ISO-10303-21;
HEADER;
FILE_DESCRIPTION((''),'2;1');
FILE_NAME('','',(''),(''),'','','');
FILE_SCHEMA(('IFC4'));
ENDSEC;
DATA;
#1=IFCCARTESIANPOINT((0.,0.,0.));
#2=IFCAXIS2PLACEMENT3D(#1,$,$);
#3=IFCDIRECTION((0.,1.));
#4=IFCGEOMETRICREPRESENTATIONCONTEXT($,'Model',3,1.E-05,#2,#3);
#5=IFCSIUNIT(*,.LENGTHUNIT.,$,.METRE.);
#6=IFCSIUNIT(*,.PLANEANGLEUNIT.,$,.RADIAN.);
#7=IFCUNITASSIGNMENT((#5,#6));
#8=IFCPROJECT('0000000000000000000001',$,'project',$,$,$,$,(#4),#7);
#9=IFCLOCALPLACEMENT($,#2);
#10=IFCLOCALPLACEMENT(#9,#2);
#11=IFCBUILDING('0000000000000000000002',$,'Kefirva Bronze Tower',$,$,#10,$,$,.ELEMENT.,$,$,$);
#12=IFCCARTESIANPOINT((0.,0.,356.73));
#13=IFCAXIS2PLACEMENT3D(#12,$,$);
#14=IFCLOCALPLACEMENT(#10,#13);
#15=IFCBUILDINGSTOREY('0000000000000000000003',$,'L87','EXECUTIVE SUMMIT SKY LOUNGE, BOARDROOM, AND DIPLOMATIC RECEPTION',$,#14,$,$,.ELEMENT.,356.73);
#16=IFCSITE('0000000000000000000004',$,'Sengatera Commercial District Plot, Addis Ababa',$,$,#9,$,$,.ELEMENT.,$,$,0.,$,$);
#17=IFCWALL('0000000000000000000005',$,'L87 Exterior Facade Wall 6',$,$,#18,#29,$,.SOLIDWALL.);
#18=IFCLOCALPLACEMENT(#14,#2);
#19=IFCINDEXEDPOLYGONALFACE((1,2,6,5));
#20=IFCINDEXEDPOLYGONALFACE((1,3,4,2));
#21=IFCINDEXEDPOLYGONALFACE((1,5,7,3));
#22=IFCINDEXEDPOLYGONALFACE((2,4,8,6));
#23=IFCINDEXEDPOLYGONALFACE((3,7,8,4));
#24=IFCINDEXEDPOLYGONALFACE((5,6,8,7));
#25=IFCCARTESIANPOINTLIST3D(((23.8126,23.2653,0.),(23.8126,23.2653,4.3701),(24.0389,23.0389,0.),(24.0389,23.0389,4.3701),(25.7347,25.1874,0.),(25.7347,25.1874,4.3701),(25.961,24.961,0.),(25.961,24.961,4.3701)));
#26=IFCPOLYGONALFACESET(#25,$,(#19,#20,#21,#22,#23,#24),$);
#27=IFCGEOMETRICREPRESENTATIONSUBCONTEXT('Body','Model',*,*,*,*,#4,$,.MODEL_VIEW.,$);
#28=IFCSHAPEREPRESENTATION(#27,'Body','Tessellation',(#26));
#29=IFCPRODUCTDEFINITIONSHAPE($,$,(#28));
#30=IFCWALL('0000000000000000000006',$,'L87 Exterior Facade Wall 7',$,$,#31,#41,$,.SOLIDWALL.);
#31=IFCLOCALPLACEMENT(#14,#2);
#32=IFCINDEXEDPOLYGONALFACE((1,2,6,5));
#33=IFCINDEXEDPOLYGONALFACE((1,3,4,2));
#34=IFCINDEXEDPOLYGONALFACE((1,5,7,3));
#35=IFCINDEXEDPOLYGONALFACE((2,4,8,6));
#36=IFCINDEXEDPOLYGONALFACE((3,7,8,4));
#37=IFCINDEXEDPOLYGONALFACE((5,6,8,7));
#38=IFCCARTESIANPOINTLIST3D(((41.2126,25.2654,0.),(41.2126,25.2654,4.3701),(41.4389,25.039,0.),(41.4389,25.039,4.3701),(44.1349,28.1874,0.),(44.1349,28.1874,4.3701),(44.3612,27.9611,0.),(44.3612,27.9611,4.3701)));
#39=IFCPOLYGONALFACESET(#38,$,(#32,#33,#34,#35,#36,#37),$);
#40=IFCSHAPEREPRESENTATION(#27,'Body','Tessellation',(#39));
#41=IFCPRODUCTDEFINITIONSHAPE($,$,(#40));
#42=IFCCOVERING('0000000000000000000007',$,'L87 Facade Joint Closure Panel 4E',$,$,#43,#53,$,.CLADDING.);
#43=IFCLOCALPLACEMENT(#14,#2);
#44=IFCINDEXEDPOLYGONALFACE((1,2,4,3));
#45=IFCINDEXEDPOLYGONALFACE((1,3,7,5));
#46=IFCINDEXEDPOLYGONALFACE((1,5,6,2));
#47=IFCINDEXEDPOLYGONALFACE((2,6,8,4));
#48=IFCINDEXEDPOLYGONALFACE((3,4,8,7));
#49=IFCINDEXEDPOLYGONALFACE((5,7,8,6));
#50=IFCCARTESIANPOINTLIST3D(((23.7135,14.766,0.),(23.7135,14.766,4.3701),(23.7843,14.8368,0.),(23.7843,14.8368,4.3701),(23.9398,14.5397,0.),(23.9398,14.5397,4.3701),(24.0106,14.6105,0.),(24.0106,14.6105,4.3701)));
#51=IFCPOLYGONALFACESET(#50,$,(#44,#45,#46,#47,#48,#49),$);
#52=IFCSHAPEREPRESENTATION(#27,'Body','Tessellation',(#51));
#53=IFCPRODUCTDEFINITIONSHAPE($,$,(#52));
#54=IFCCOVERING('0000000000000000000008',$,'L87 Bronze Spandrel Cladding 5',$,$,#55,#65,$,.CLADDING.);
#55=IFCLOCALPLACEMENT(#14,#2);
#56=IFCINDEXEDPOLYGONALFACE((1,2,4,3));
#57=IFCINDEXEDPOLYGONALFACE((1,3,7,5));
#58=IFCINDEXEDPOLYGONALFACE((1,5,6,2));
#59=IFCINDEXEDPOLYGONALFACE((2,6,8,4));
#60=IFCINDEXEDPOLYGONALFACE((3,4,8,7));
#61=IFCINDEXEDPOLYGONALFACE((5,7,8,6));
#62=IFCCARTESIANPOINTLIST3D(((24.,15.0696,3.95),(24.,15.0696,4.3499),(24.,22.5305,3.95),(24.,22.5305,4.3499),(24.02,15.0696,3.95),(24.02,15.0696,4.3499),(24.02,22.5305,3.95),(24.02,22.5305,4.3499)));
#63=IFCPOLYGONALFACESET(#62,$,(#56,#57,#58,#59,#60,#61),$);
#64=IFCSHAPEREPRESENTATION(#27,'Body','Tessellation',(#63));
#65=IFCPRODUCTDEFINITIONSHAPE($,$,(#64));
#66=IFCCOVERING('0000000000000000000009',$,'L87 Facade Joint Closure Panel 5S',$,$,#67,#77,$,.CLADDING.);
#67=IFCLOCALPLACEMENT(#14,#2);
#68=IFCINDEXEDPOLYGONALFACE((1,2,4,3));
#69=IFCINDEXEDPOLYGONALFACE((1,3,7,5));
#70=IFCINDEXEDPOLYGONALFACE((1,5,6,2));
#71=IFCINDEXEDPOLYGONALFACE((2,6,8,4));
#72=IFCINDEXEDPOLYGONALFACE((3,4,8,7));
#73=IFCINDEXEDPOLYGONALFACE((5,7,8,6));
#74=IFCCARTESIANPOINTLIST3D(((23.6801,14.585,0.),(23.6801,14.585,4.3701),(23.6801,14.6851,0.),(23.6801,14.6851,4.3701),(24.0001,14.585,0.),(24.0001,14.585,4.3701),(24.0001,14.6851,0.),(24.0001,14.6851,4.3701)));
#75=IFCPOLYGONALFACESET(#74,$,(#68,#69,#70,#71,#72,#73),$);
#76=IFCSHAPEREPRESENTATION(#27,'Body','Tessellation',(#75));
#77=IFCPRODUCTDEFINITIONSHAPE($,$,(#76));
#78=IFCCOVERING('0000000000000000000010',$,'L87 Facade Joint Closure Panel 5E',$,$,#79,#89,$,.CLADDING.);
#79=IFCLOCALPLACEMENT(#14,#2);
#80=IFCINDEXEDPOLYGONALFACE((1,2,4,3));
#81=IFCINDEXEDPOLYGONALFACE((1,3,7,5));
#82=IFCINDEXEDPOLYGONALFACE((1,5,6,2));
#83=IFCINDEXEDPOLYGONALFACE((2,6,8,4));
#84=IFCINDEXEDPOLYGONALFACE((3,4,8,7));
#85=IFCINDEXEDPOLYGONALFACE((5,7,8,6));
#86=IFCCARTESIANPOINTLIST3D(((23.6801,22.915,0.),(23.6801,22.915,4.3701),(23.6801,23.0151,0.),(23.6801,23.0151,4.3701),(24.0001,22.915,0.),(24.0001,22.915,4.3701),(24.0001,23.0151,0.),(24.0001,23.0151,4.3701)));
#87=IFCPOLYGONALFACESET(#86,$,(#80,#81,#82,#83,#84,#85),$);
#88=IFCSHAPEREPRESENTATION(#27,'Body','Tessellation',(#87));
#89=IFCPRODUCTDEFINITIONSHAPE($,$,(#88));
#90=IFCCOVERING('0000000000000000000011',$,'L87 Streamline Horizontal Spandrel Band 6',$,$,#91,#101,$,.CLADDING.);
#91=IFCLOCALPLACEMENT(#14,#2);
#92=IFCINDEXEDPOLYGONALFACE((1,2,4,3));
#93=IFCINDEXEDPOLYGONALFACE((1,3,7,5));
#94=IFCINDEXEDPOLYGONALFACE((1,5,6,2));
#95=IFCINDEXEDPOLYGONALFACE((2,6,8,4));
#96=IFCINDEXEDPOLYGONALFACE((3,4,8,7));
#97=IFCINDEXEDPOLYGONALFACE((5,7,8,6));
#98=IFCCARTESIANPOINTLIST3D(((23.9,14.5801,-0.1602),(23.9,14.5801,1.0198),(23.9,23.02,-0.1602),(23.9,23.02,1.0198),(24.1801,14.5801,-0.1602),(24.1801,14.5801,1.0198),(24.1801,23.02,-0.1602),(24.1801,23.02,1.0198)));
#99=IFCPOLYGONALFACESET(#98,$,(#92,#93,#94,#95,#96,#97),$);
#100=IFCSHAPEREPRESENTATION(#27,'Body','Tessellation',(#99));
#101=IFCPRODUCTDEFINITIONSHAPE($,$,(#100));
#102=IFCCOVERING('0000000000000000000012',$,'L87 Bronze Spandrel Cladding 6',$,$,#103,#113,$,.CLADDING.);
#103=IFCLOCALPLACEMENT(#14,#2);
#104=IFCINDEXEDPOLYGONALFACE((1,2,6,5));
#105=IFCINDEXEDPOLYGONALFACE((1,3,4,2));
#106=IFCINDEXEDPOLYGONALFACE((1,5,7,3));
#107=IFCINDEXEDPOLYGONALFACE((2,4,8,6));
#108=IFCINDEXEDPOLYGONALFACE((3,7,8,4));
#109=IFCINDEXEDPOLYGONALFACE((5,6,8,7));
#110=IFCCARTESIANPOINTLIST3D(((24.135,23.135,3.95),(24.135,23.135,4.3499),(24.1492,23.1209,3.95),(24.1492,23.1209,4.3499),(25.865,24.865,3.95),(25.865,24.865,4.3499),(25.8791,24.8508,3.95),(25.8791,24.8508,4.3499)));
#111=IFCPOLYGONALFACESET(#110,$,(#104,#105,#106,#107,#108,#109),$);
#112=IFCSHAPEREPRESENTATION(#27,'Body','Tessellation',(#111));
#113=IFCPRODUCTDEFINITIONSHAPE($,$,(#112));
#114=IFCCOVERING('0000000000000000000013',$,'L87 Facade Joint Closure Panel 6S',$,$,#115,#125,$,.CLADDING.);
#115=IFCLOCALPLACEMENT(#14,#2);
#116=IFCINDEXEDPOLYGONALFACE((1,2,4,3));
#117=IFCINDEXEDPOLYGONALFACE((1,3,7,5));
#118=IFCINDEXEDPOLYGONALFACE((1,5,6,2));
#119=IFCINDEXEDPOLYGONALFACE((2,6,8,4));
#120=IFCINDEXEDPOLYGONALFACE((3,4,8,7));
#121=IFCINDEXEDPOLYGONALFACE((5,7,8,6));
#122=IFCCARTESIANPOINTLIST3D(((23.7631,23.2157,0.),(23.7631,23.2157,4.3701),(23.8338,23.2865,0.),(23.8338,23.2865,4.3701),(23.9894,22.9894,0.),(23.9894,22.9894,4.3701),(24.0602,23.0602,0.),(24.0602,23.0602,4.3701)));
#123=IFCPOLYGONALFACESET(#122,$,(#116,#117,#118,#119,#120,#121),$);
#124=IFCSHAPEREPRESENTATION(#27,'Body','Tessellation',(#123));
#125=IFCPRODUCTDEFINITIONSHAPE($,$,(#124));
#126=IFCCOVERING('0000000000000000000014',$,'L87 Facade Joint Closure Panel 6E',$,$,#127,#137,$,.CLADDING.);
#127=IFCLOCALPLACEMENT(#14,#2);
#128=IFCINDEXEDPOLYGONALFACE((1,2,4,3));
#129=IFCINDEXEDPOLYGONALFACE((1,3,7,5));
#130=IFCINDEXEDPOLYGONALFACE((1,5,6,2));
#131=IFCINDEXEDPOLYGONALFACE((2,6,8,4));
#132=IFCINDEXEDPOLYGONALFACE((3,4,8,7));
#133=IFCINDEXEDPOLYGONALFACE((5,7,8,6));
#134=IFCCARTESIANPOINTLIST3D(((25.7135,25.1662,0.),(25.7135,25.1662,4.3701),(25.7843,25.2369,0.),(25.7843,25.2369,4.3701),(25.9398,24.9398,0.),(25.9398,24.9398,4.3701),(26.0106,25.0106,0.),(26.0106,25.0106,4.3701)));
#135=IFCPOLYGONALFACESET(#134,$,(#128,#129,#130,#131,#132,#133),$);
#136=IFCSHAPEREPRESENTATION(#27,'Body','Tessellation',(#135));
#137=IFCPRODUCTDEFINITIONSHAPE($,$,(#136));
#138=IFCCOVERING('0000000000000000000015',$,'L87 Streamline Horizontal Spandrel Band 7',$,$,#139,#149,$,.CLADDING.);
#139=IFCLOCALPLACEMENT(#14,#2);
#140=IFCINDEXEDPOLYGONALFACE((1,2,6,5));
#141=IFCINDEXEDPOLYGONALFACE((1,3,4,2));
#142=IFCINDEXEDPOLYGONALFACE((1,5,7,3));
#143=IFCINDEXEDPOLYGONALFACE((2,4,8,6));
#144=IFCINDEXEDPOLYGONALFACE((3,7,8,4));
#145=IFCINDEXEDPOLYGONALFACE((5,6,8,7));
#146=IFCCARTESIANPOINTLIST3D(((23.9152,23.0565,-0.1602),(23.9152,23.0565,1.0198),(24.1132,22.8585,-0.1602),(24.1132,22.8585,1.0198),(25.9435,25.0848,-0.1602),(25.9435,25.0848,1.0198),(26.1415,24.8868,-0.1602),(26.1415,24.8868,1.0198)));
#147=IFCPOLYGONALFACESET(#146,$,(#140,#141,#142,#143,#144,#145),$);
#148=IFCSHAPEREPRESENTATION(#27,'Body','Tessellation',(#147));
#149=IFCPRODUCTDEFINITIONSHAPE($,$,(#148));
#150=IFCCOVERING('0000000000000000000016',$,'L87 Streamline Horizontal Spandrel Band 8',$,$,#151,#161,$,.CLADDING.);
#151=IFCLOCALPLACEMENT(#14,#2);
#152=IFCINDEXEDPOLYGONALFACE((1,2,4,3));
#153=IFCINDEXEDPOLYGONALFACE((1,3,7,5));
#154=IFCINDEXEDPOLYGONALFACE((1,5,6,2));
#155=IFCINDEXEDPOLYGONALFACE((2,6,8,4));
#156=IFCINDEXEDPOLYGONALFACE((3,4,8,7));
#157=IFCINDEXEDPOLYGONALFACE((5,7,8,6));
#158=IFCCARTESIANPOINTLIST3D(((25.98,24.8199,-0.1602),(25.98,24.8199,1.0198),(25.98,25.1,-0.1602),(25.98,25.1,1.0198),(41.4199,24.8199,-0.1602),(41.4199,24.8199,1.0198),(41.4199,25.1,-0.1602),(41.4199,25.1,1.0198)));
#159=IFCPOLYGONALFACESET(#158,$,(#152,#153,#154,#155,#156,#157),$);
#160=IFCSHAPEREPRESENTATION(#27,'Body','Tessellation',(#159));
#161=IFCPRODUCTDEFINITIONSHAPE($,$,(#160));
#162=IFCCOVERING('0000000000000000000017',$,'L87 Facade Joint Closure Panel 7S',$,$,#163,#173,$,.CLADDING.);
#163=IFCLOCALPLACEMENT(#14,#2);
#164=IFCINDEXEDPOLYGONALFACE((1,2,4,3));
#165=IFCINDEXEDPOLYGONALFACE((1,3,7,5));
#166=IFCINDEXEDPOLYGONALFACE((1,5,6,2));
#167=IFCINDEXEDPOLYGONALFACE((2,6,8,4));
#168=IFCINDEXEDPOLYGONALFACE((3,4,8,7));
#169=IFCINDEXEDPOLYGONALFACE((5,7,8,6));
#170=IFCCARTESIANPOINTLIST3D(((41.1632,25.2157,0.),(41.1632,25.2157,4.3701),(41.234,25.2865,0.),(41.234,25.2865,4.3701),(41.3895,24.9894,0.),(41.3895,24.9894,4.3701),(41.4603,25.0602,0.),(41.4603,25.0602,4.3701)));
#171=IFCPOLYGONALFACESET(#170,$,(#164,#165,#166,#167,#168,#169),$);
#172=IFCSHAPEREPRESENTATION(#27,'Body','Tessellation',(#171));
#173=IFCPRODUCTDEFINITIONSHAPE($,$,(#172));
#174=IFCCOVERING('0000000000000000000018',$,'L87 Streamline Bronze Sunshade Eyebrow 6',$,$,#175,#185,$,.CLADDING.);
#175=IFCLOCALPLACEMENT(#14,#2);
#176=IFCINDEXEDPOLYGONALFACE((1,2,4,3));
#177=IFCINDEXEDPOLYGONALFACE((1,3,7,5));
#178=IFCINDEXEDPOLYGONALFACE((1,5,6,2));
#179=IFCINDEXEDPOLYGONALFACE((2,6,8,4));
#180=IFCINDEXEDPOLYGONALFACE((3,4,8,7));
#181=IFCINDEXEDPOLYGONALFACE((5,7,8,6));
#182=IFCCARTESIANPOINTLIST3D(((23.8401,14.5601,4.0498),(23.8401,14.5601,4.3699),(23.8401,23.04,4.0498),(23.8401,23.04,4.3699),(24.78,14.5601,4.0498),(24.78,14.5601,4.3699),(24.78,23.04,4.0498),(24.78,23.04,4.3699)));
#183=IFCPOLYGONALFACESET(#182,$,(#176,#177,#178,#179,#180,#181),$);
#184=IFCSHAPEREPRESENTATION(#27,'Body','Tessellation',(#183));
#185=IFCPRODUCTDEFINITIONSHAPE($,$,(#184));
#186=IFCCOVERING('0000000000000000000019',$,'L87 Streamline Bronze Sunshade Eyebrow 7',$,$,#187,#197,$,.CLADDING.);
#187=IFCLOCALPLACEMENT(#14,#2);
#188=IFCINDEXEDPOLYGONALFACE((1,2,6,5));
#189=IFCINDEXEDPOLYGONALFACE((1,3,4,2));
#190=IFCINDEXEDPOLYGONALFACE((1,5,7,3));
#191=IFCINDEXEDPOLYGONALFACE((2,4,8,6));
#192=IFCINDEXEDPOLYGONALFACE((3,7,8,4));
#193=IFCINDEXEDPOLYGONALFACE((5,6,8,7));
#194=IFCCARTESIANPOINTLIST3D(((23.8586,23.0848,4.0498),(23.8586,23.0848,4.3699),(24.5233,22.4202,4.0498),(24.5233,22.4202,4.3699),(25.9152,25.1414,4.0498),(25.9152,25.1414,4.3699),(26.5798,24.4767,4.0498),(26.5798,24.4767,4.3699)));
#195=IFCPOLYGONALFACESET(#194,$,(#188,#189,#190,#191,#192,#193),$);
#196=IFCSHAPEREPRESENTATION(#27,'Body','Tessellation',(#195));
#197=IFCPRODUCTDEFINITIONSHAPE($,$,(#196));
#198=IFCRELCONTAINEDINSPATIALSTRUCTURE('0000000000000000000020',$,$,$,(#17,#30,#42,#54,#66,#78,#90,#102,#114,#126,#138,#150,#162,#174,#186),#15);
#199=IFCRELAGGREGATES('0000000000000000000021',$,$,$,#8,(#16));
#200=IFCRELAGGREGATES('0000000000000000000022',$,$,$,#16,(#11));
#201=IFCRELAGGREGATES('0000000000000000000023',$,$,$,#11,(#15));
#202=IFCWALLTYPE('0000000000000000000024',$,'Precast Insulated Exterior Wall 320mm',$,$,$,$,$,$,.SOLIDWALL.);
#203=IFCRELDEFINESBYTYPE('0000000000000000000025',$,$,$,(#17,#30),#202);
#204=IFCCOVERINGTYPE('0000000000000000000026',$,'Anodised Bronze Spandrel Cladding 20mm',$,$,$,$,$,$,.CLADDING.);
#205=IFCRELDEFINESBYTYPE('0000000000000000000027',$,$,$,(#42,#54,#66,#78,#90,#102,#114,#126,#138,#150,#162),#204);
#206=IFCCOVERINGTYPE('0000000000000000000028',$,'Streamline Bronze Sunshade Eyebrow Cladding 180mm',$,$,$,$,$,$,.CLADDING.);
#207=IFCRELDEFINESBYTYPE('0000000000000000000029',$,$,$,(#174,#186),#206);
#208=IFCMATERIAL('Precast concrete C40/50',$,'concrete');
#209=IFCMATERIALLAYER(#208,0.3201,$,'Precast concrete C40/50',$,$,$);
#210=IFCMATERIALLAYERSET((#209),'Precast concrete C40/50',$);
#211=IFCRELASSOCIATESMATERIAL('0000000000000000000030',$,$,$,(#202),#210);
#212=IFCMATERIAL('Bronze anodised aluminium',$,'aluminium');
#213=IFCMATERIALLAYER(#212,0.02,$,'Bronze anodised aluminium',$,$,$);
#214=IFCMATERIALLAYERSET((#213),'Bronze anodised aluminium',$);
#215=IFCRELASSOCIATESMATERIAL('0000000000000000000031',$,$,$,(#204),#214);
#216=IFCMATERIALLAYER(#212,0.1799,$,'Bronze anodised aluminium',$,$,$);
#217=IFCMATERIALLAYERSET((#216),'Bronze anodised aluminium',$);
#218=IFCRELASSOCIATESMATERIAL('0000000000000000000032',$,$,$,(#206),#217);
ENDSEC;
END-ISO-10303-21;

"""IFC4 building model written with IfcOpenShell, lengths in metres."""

from ifc_helpers import new_model, si_unit, direction, frame, frame_2d, origin, origin_2d, place, context, subcontext, project, spatial, rectangle, extrude, material, layer, layer_set, type_object, element, save


model = new_model("IFC4")

# Units and contexts
model_context = context("Model", 3, precision=1e-05, world=origin(), true_north=direction((0.0, 1.0)))
body_context = subcontext(model_context, "Body", "Model", "MODEL_VIEW")
ifc_project = project(units=[si_unit("LENGTHUNIT", "METRE"), si_unit("PLANEANGLEUNIT", "RADIAN")], contexts=[model_context])

# Site, building, storey
site_placement = place(None, origin())
site = spatial("IfcSite", under=ifc_project, at=site_placement, Name="Sengatera Commercial District Plot, Addis Ababa", CompositionType="ELEMENT", RefElevation=0.0)
building_placement = place(site_placement, origin())
building = spatial("IfcBuilding", under=site, at=building_placement, Name="Kefirva Bronze Tower", CompositionType="ELEMENT")
storey_placement = place(building_placement, frame((0.0, 0.0, 356.73)))
storey = spatial("IfcBuildingStorey", under=building, at=storey_placement, Name="L87", Description="EXECUTIVE SUMMIT SKY LOUNGE, BOARDROOM, AND DIPLOMATIC RECEPTION", CompositionType="ELEMENT", Elevation=356.73)

# Shared definitions
ifc_material_1 = material(Name="Bronze anodised aluminium", Category="aluminium")

# Walls
ifc_material_2 = material(Name="Precast concrete C40/50", Category="concrete")
ifc_layer_1 = layer(ifc_material_2, 0.3201, Name="Precast concrete C40/50")
ifc_layer_set_1 = layer_set([ifc_layer_1], Name="Precast concrete C40/50")
wall_type_1 = type_object("IfcWallType", Name="Precast Insulated Exterior Wall 320mm", PredefinedType="SOLIDWALL", material=ifc_layer_set_1)
wall_1_placement = place(storey_placement, frame((23.9258, 23.1521, 0.0), z_axis=(0.0, 0.0, 1.0), x_axis=(0.707107, 0.707107, 0.0)))
element("IfcWall", 1, at=wall_1_placement, inside=storey, type_object=wall_type_1, Name="L87 Exterior Facade Wall 6", PredefinedType="SOLIDWALL", context=body_context, shape_type="SweptSolid", body=[
    extrude(rectangle(XDim=2.7183, YDim=0.3201, at=frame_2d((1.3591, 0.0))), origin(), (0.0, 0.0, 1.0), 4.3701),
])
wall_2_placement = place(storey_placement, frame((41.3257, 25.1521, 0.0), z_axis=(0.0, 0.0, 1.0), x_axis=(0.707136, 0.707077, 0.0)))
element("IfcWall", 2, at=wall_2_placement, inside=storey, type_object=wall_type_1, Name="L87 Exterior Facade Wall 7", PredefinedType="SOLIDWALL", context=body_context, shape_type="SweptSolid", body=[
    extrude(rectangle(XDim=4.1326, YDim=0.3201, at=frame_2d((2.0664, 0.0))), origin(), (0.0, 0.0, 1.0), 4.3701),
])

# Coverings
ifc_layer_2 = layer(ifc_material_1, 0.02, Name="Bronze anodised aluminium")
ifc_layer_set_2 = layer_set([ifc_layer_2], Name="Bronze anodised aluminium")
covering_type_1 = type_object("IfcCoveringType", Name="Anodised Bronze Spandrel Cladding 20mm", PredefinedType="CLADDING", material=ifc_layer_set_2)
covering_1_placement = place(storey_placement, frame((23.8621, 14.6882, 0.0), z_axis=(0.0, 0.0, 1.0), x_axis=(0.707107, 0.707107, 0.0)))
element("IfcCovering", 3, at=covering_1_placement, inside=storey, type_object=covering_type_1, Name="L87 Facade Joint Closure Panel 4E", PredefinedType="CLADDING", context=body_context, shape_type="SweptSolid", body=[
    extrude(rectangle(XDim=0.1001, YDim=0.3201, at=origin_2d()), origin(), (0.0, 0.0, 1.0), 4.3701),
])
covering_2_placement = place(storey_placement, frame((24.01, 18.8, 3.95), z_axis=(0.0, 0.0, 1.0), x_axis=(0.0, 1.0, 0.0)))
element("IfcCovering", 4, at=covering_2_placement, inside=storey, type_object=covering_type_1, Name="L87 Bronze Spandrel Cladding 5", PredefinedType="CLADDING", context=body_context, shape_type="SweptSolid", body=[
    extrude(rectangle(XDim=7.4609, YDim=0.02, at=origin_2d()), origin(), (0.0, 0.0, 1.0), 0.3999),
])
for number, where, z_axis, x_axis, name in (
    (5, (23.8401, 14.635, 0.0), (0.0, 0.0, 1.0), (0.0, 1.0, 0.0), "L87 Facade Joint Closure Panel 5S"),
    (6, (23.8401, 22.9651, 0.0), (0.0, 0.0, 1.0), (0.0, 1.0, 0.0), "L87 Facade Joint Closure Panel 5E"),
):
    element("IfcCovering", number, at=place(storey_placement, frame(where, z_axis=z_axis, x_axis=x_axis)), inside=storey, type_object=covering_type_1, Name=name, PredefinedType="CLADDING", context=body_context, shape_type="SweptSolid", body=[
        extrude(rectangle(XDim=0.1001, YDim=0.3201, at=origin_2d()), origin(), (0.0, 0.0, 1.0), 4.3701),
    ])
covering_3_placement = place(storey_placement, frame((24.04, 18.8, -0.1602), z_axis=(0.0, 0.0, 1.0), x_axis=(0.0, 1.0, 0.0)))
element("IfcCovering", 7, at=covering_3_placement, inside=storey, type_object=covering_type_1, Name="L87 Streamline Horizontal Spandrel Band 6", PredefinedType="CLADDING", context=body_context, shape_type="SweptSolid", body=[
    extrude(rectangle(XDim=8.4399, YDim=0.28, at=origin_2d()), origin(), (0.0, 0.0, 1.0), 1.1799),
])
covering_4_placement = place(storey_placement, frame((25.0071, 23.9929, 3.95), z_axis=(0.0, 0.0, 1.0), x_axis=(0.707107, 0.707107, 0.0)))
element("IfcCovering", 8, at=covering_4_placement, inside=storey, type_object=covering_type_1, Name="L87 Bronze Spandrel Cladding 6", PredefinedType="CLADDING", context=body_context, shape_type="SweptSolid", body=[
    extrude(rectangle(XDim=2.4465, YDim=0.02, at=origin_2d()), origin(), (0.0, 0.0, 1.0), 0.3999),
])
for number, where, z_axis, x_axis, name in (
    (9, (23.9116, 23.1379, 0.0), (0.0, 0.0, 1.0), (0.707107, 0.707107, 0.0), "L87 Facade Joint Closure Panel 6S"),
    (10, (25.8621, 25.0884, 0.0), (0.0, 0.0, 1.0), (0.707107, 0.707107, 0.0), "L87 Facade Joint Closure Panel 6E"),
):
    element("IfcCovering", number, at=place(storey_placement, frame(where, z_axis=z_axis, x_axis=x_axis)), inside=storey, type_object=covering_type_1, Name=name, PredefinedType="CLADDING", context=body_context, shape_type="SweptSolid", body=[
        extrude(rectangle(XDim=0.1001, YDim=0.3201, at=origin_2d()), origin(), (0.0, 0.0, 1.0), 4.3701),
    ])
covering_5_placement = place(storey_placement, frame((25.0283, 23.9717, -0.1602), z_axis=(0.0, 0.0, 1.0), x_axis=(0.707107, 0.707107, 0.0)))
element("IfcCovering", 11, at=covering_5_placement, inside=storey, type_object=covering_type_1, Name="L87 Streamline Horizontal Spandrel Band 7", PredefinedType="CLADDING", context=body_context, shape_type="SweptSolid", body=[
    extrude(rectangle(XDim=2.8684, YDim=0.28, at=origin_2d()), origin(), (0.0, 0.0, 1.0), 1.1799),
])
covering_6_placement = place(storey_placement, frame((33.7, 24.96, -0.1602), z_axis=(0.0, 0.0, 1.0), x_axis=(1.0, 0.0, 0.0)))
element("IfcCovering", 12, at=covering_6_placement, inside=storey, type_object=covering_type_1, Name="L87 Streamline Horizontal Spandrel Band 8", PredefinedType="CLADDING", context=body_context, shape_type="SweptSolid", body=[
    extrude(rectangle(XDim=15.4399, YDim=0.28, at=origin_2d()), origin(), (0.0, 0.0, 1.0), 1.1799),
])
covering_7_placement = place(storey_placement, frame((41.3118, 25.1379, 0.0), z_axis=(0.0, 0.0, 1.0), x_axis=(0.707107, 0.707107, 0.0)))
element("IfcCovering", 13, at=covering_7_placement, inside=storey, type_object=covering_type_1, Name="L87 Facade Joint Closure Panel 7S", PredefinedType="CLADDING", context=body_context, shape_type="SweptSolid", body=[
    extrude(rectangle(XDim=0.1001, YDim=0.3201, at=origin_2d()), origin(), (0.0, 0.0, 1.0), 4.3701),
])
ifc_layer_3 = layer(ifc_material_1, 0.1799, Name="Bronze anodised aluminium")
ifc_layer_set_3 = layer_set([ifc_layer_3], Name="Bronze anodised aluminium")
covering_type_2 = type_object("IfcCoveringType", Name="Streamline Bronze Sunshade Eyebrow Cladding 180mm", PredefinedType="CLADDING", material=ifc_layer_set_3)
covering_8_placement = place(storey_placement, frame((24.3101, 18.8, 4.0498), z_axis=(0.0, 0.0, 1.0), x_axis=(0.0, 1.0, 0.0)))
element("IfcCovering", 14, at=covering_8_placement, inside=storey, type_object=covering_type_2, Name="L87 Streamline Bronze Sunshade Eyebrow 6", PredefinedType="CLADDING", context=body_context, shape_type="SweptSolid", body=[
    extrude(rectangle(XDim=8.48, YDim=0.9399, at=origin_2d()), origin(), (0.0, 0.0, 1.0), 0.3201),
])
covering_9_placement = place(storey_placement, frame((25.2192, 23.7808, 4.0498), z_axis=(0.0, 0.0, 1.0), x_axis=(0.707107, 0.707107, 0.0)))
element("IfcCovering", 15, at=covering_9_placement, inside=storey, type_object=covering_type_2, Name="L87 Streamline Bronze Sunshade Eyebrow 7", PredefinedType="CLADDING", context=body_context, shape_type="SweptSolid", body=[
    extrude(rectangle(XDim=2.9084, YDim=0.9399, at=origin_2d()), origin(), (0.0, 0.0, 1.0), 0.3201),
])

save(model, "model.ifc")
